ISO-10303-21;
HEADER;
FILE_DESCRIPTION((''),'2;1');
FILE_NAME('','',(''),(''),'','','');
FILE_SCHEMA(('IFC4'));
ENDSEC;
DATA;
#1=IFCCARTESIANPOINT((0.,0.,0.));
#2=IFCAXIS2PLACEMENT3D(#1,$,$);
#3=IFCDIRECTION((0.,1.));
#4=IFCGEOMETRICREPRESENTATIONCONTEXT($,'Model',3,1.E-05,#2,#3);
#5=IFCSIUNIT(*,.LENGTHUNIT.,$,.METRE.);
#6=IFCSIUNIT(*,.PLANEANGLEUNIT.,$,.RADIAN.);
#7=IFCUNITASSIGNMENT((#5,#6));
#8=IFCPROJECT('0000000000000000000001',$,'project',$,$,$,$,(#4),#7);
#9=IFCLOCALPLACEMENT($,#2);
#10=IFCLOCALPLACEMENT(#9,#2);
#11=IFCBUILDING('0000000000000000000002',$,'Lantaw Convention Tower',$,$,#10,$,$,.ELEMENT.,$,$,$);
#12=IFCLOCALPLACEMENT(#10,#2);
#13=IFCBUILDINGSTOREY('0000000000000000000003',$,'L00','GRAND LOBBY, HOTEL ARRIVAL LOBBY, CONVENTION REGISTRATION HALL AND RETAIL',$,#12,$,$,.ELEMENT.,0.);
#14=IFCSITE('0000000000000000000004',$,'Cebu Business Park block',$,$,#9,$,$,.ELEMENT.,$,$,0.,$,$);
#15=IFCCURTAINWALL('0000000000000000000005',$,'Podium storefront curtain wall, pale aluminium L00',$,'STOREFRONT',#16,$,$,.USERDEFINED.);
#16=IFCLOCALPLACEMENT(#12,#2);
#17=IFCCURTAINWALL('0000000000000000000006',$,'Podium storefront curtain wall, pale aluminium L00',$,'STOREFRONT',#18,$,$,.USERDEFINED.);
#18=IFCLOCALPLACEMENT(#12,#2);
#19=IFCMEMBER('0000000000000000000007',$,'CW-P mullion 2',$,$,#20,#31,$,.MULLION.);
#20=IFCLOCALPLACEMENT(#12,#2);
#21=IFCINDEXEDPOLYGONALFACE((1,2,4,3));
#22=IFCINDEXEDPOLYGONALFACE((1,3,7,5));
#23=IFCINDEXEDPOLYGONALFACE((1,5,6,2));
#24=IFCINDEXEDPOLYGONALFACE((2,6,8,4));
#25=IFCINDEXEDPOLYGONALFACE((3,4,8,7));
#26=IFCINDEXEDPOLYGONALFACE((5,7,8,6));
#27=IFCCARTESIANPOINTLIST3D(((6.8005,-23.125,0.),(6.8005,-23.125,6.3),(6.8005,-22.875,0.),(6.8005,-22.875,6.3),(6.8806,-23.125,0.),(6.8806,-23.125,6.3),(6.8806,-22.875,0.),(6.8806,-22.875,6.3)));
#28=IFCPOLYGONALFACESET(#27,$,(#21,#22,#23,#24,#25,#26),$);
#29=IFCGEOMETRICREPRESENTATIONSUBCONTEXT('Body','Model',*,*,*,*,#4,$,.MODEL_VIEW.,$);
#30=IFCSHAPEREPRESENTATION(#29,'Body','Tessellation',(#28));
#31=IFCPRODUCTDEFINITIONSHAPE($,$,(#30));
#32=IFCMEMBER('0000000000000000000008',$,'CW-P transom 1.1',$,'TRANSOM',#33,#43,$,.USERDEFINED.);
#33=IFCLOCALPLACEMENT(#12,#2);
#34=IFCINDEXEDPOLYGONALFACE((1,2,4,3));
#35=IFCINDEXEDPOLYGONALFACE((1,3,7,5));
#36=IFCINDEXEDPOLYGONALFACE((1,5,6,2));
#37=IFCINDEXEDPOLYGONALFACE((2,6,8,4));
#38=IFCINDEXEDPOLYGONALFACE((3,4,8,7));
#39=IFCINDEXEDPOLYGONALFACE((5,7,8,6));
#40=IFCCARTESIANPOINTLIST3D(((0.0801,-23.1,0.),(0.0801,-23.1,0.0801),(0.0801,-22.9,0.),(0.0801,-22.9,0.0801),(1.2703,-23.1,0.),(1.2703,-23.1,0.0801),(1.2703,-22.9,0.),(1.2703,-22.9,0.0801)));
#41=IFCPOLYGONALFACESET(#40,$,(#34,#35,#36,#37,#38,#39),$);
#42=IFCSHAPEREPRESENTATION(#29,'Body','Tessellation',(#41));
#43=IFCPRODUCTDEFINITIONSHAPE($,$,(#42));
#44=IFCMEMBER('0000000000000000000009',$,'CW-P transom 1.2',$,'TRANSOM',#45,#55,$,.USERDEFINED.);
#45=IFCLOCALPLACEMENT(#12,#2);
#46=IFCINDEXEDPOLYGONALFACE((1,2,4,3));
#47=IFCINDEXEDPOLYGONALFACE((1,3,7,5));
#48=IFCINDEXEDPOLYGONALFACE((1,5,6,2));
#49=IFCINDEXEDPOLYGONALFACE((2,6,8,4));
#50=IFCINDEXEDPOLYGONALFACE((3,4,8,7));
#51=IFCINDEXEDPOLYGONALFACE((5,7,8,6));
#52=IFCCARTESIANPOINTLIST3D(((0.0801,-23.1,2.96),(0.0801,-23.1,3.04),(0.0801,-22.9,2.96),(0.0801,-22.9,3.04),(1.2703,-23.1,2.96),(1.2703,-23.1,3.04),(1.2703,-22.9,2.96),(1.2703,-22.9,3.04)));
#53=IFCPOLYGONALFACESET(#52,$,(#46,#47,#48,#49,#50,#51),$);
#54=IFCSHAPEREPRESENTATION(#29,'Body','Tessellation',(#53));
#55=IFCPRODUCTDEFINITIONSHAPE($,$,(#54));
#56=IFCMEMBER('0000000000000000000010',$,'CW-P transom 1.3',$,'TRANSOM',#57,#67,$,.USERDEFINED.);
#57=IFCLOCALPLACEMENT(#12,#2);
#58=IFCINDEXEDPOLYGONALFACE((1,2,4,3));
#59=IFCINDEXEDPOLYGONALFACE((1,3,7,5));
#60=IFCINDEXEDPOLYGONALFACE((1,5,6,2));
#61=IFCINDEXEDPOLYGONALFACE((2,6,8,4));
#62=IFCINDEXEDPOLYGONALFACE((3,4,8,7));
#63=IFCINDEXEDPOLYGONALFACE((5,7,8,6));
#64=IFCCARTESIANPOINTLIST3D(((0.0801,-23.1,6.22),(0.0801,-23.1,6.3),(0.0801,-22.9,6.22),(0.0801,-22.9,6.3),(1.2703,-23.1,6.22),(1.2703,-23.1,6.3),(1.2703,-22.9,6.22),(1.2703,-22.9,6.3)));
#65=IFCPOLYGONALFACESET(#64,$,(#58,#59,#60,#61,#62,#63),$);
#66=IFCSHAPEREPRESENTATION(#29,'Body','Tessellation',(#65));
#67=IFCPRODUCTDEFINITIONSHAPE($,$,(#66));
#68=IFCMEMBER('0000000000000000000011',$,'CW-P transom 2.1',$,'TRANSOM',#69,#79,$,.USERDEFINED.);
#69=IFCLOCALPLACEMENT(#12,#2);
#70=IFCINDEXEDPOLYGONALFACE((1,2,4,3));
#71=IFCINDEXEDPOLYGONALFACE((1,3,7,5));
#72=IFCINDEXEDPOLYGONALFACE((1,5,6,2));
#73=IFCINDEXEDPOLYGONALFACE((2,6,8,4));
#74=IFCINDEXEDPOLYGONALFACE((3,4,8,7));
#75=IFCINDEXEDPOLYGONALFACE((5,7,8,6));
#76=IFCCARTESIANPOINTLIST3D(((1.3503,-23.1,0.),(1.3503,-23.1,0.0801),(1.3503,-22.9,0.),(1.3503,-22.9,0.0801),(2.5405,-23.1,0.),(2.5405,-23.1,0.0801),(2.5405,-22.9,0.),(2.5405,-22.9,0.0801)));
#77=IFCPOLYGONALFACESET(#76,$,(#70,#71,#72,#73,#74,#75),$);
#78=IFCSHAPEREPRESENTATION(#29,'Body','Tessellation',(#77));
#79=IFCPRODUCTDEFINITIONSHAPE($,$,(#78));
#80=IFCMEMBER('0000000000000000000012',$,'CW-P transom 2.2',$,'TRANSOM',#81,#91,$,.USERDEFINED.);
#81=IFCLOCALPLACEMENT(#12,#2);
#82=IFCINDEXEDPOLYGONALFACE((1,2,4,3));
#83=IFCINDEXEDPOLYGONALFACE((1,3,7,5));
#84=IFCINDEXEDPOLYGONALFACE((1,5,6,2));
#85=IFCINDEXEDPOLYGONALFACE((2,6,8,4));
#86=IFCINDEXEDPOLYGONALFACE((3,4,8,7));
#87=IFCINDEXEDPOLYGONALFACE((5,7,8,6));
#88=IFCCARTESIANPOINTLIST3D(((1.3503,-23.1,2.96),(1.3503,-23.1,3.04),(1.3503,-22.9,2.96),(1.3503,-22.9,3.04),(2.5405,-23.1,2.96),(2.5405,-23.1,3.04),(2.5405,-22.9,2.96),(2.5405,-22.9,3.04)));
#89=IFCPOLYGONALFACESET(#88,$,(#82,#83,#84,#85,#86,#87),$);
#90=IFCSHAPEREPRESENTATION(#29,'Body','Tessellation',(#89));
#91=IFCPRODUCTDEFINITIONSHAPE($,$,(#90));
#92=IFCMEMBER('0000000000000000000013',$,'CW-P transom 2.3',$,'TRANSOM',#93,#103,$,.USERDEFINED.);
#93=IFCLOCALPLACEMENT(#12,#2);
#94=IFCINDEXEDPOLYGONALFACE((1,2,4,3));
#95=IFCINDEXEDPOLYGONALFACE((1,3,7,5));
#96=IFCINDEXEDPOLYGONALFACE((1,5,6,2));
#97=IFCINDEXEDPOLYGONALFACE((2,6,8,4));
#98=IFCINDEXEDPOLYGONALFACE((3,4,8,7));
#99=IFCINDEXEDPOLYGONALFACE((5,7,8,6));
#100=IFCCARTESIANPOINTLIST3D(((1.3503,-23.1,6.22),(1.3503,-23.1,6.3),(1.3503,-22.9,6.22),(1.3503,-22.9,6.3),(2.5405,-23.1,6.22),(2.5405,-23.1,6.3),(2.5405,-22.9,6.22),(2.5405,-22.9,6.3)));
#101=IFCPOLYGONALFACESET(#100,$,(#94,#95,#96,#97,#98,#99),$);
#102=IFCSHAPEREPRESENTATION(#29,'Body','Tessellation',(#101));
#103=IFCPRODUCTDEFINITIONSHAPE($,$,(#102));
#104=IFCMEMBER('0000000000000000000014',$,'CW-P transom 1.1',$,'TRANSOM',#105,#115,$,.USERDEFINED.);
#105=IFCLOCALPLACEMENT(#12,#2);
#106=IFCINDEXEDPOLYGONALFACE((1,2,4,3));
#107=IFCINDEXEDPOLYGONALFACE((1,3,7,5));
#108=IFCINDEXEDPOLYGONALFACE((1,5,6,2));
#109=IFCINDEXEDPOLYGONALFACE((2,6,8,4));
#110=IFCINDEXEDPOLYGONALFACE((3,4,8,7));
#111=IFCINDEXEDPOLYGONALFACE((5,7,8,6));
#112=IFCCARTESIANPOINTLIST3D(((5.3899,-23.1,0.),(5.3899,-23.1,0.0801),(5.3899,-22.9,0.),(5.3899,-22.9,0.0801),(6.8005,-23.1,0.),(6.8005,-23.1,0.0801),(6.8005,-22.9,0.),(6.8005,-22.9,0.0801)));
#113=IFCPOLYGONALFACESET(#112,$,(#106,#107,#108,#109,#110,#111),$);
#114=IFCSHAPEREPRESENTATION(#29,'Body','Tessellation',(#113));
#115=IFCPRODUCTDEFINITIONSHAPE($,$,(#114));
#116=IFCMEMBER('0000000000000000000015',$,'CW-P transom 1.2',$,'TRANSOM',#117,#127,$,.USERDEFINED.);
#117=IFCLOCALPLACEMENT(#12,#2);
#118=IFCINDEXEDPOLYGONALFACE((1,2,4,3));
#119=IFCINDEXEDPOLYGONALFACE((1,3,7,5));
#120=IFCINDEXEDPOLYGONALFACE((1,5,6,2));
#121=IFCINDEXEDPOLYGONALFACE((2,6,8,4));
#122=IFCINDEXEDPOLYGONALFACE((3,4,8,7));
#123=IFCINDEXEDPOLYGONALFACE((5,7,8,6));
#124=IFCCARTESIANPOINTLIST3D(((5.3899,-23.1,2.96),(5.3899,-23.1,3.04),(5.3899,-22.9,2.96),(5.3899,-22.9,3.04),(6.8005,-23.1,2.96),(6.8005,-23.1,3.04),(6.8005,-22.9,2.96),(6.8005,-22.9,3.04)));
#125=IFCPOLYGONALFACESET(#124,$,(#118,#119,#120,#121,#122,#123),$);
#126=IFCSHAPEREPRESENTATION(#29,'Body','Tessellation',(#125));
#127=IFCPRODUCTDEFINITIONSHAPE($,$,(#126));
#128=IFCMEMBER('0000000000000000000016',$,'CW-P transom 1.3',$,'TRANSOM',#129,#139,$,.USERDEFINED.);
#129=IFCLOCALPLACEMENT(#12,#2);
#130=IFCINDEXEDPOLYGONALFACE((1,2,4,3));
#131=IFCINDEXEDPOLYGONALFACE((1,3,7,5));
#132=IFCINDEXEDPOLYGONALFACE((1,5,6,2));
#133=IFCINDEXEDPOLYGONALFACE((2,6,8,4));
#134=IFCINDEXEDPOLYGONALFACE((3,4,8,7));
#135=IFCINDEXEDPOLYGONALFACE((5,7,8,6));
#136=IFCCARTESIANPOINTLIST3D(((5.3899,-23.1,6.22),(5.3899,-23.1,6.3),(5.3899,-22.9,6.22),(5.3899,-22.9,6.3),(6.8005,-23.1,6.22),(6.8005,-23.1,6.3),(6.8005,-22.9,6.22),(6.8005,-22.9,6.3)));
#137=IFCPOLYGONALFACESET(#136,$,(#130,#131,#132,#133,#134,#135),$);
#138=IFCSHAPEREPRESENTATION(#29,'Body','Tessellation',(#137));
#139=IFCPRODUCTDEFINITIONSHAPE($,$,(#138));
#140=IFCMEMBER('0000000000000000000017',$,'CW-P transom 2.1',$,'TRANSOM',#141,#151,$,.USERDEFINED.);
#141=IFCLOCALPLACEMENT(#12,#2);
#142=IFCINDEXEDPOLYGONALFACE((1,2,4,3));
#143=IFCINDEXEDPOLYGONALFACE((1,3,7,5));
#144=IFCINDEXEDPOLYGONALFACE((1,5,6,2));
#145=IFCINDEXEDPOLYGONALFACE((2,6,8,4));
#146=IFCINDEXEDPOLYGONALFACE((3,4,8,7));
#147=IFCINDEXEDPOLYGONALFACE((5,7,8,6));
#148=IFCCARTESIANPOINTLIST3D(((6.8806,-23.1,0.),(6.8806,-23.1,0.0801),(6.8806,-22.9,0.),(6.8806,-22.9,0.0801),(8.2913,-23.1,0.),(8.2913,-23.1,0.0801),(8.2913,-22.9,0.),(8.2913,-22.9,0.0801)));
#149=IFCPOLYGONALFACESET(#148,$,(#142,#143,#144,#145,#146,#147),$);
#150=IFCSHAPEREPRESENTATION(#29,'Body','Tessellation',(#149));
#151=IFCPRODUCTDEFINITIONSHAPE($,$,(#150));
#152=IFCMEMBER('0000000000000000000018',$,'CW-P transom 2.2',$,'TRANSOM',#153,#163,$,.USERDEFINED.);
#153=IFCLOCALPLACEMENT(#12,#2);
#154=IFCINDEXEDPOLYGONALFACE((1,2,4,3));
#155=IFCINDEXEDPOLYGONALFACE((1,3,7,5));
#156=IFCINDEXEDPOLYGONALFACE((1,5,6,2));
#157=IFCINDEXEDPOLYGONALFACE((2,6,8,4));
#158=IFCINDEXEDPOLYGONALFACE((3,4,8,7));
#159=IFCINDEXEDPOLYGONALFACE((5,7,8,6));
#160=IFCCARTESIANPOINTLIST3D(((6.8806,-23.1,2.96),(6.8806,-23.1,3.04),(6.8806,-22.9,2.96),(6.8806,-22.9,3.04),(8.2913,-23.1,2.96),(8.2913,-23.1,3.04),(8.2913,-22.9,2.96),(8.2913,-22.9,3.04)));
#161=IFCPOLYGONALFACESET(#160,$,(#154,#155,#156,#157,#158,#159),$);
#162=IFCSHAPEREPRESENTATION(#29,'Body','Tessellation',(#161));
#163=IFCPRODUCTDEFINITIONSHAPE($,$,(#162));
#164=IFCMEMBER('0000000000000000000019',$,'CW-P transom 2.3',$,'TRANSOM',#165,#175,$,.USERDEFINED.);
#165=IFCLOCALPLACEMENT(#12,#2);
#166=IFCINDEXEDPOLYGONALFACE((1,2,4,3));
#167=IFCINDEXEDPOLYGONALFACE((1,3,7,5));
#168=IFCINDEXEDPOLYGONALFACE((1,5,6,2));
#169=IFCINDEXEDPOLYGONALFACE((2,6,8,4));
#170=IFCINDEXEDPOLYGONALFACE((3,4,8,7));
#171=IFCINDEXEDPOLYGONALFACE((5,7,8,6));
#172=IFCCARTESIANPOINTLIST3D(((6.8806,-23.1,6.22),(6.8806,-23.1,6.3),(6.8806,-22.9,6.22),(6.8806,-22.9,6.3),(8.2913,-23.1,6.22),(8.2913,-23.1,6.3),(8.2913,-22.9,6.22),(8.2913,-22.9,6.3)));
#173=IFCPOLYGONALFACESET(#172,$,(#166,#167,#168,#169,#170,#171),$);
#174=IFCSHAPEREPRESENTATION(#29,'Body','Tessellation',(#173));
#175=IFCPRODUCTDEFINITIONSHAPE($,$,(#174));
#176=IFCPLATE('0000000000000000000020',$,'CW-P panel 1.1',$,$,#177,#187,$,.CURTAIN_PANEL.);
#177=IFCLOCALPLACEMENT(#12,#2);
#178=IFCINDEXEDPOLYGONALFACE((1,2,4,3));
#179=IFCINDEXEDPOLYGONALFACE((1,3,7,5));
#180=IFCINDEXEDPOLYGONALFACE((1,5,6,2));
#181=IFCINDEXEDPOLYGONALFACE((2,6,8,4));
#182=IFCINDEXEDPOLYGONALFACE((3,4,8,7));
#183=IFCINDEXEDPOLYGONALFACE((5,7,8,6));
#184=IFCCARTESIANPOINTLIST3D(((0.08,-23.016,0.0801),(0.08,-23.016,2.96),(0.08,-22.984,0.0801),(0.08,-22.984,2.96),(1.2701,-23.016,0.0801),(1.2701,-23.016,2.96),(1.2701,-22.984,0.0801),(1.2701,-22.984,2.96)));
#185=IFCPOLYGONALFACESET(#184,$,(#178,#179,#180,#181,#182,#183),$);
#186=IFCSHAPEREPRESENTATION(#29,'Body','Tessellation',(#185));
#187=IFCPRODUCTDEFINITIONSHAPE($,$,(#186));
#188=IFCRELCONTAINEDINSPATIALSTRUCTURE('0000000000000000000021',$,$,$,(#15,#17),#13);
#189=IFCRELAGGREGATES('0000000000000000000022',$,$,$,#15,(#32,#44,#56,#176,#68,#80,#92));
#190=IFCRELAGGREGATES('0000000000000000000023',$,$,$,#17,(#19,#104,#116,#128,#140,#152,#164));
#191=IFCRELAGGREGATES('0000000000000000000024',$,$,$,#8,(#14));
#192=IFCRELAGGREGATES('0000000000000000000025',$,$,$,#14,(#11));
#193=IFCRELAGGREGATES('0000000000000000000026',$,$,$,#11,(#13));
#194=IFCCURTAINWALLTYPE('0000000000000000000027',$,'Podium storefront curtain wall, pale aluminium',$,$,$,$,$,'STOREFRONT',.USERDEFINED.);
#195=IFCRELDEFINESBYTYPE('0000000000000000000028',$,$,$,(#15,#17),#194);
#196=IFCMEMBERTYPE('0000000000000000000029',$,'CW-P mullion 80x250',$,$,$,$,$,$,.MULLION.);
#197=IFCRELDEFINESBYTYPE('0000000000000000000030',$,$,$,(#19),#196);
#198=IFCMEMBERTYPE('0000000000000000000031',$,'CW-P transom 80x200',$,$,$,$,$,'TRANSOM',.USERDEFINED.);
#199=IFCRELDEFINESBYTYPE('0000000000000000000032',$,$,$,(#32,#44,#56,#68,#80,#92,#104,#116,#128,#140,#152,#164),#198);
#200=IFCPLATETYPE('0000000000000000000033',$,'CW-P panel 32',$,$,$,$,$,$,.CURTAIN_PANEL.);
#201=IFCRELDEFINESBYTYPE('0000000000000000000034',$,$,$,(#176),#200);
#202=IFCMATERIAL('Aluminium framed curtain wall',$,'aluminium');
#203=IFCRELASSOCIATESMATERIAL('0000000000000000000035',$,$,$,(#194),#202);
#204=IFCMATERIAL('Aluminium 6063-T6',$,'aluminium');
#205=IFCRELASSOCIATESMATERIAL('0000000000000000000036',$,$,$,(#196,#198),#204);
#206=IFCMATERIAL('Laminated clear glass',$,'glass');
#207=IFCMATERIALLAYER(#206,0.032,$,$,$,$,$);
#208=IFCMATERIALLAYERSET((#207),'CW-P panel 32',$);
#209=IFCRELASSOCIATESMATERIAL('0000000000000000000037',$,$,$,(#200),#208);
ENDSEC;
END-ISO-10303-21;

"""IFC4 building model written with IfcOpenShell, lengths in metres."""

from ifc_helpers import new_model, si_unit, direction, frame, origin, origin_2d, place, context, subcontext, project, spatial, rectangle, extrude, material, layer, layer_set, material_profile, profile_set, type_object, element, aggregate, save


model = new_model("IFC4")

# Units and contexts
model_context = context("Model", 3, precision=1e-05, world=origin(), true_north=direction((0.0, 1.0)))
body_context = subcontext(model_context, "Body", "Model", "MODEL_VIEW")
ifc_project = project(units=[si_unit("LENGTHUNIT", "METRE"), si_unit("PLANEANGLEUNIT", "RADIAN")], contexts=[model_context])

# Site, building, storey
site_placement = place(None, origin())
site = spatial("IfcSite", under=ifc_project, at=site_placement, Name="Cebu Business Park block", CompositionType="ELEMENT", RefElevation=0.0)
building_placement = place(site_placement, origin())
building = spatial("IfcBuilding", under=site, at=building_placement, Name="Lantaw Convention Tower", CompositionType="ELEMENT")
storey_placement = place(building_placement, origin())
storey = spatial("IfcBuildingStorey", under=building, at=storey_placement, Name="L00", Description="GRAND LOBBY, HOTEL ARRIVAL LOBBY, CONVENTION REGISTRATION HALL AND RETAIL", CompositionType="ELEMENT", Elevation=0.0)

# Curtain walls, member
ifc_material_1 = material(Name="Aluminium framed curtain wall", Category="aluminium")
curtain_wall_type = type_object("IfcCurtainWallType", Name="Podium storefront curtain wall, pale aluminium", ElementType="STOREFRONT", PredefinedType="USERDEFINED", material=ifc_material_1)
curtain_wall_1_placement = place(storey_placement, origin())
curtain_wall_1 = element("IfcCurtainWall", 1, at=curtain_wall_1_placement, inside=storey, type_object=curtain_wall_type, Name="Podium storefront curtain wall, pale aluminium L00", ObjectType="STOREFRONT", PredefinedType="USERDEFINED")
ifc_material_2 = material(Name="Aluminium 6063-T6", Category="aluminium")
ifc_material_profile_1 = material_profile(ifc_material_2, rectangle(XDim=0.25, YDim=0.0801, at=origin_2d()), Name="CW-P mullion 80x250")
ifc_profile_set_1 = profile_set([ifc_material_profile_1], Name="Aluminium 6063-T6")
member_type_1 = type_object("IfcMemberType", Name="CW-P mullion 80x250", PredefinedType="MULLION", material=ifc_profile_set_1)
curtain_wall_2_placement = place(storey_placement, origin())
curtain_wall_2 = element("IfcCurtainWall", 2, at=curtain_wall_2_placement, inside=storey, type_object=curtain_wall_type, Name="Podium storefront curtain wall, pale aluminium L00", ObjectType="STOREFRONT", PredefinedType="USERDEFINED")
member_1_placement = place(storey_placement, frame((6.8406, -23.0, 0.0), z_axis=(0.0, 0.0, 1.0), x_axis=(0.0, 1.0, 0.0)))
member_1 = element("IfcMember", 3, at=member_1_placement, type_object=member_type_1, Name="CW-P mullion 2", PredefinedType="MULLION", context=body_context, shape_type="SweptSolid", body=[
    extrude(rectangle(XDim=0.25, YDim=0.0801, at=origin_2d()), origin(), (0.0, 0.0, 1.0), 6.3),
])

# Members
ifc_material_profile_2 = material_profile(ifc_material_2, rectangle(XDim=0.2, YDim=0.0801, at=origin_2d()), Name="CW-P transom 80x200")
ifc_profile_set_2 = profile_set([ifc_material_profile_2], Name="Aluminium 6063-T6")
member_type_2 = type_object("IfcMemberType", Name="CW-P transom 80x200", ElementType="TRANSOM", PredefinedType="USERDEFINED", material=ifc_profile_set_2)
member_2_placement = place(storey_placement, frame((0.0801, -23.0, 0.04), z_axis=(1.0, 0.0, 0.0), x_axis=(0.0, 1.0, 0.0)))
member_2 = element("IfcMember", 4, at=member_2_placement, type_object=member_type_2, Name="CW-P transom 1.1", ObjectType="TRANSOM", PredefinedType="USERDEFINED", context=body_context, shape_type="SweptSolid", body=[
    extrude(rectangle(XDim=0.2, YDim=0.0801, at=origin_2d()), origin(), (0.0, 0.0, 1.0), 1.1902),
])
member_3_placement = place(storey_placement, frame((0.0801, -23.0, 3.0), z_axis=(1.0, 0.0, 0.0), x_axis=(0.0, 1.0, 0.0)))
member_3 = element("IfcMember", 5, at=member_3_placement, type_object=member_type_2, Name="CW-P transom 1.2", ObjectType="TRANSOM", PredefinedType="USERDEFINED", context=body_context, shape_type="SweptSolid", body=[
    extrude(rectangle(XDim=0.2, YDim=0.0801, at=origin_2d()), origin(), (0.0, 0.0, 1.0), 1.1902),
])
member_4_placement = place(storey_placement, frame((0.0801, -23.0, 6.26), z_axis=(1.0, 0.0, 0.0), x_axis=(0.0, 1.0, 0.0)))
member_4 = element("IfcMember", 6, at=member_4_placement, type_object=member_type_2, Name="CW-P transom 1.3", ObjectType="TRANSOM", PredefinedType="USERDEFINED", context=body_context, shape_type="SweptSolid", body=[
    extrude(rectangle(XDim=0.2, YDim=0.0801, at=origin_2d()), origin(), (0.0, 0.0, 1.0), 1.1902),
])
member_5_placement = place(storey_placement, frame((1.3503, -23.0, 0.04), z_axis=(1.0, 0.0, 0.0), x_axis=(0.0, 1.0, 0.0)))
member_5 = element("IfcMember", 7, at=member_5_placement, type_object=member_type_2, Name="CW-P transom 2.1", ObjectType="TRANSOM", PredefinedType="USERDEFINED", context=body_context, shape_type="SweptSolid", body=[
    extrude(rectangle(XDim=0.2, YDim=0.0801, at=origin_2d()), origin(), (0.0, 0.0, 1.0), 1.1902),
])
member_6_placement = place(storey_placement, frame((1.3503, -23.0, 3.0), z_axis=(1.0, 0.0, 0.0), x_axis=(0.0, 1.0, 0.0)))
member_6 = element("IfcMember", 8, at=member_6_placement, type_object=member_type_2, Name="CW-P transom 2.2", ObjectType="TRANSOM", PredefinedType="USERDEFINED", context=body_context, shape_type="SweptSolid", body=[
    extrude(rectangle(XDim=0.2, YDim=0.0801, at=origin_2d()), origin(), (0.0, 0.0, 1.0), 1.1902),
])
member_7_placement = place(storey_placement, frame((1.3503, -23.0, 6.26), z_axis=(1.0, 0.0, 0.0), x_axis=(0.0, 1.0, 0.0)))
member_7 = element("IfcMember", 9, at=member_7_placement, type_object=member_type_2, Name="CW-P transom 2.3", ObjectType="TRANSOM", PredefinedType="USERDEFINED", context=body_context, shape_type="SweptSolid", body=[
    extrude(rectangle(XDim=0.2, YDim=0.0801, at=origin_2d()), origin(), (0.0, 0.0, 1.0), 1.1902),
])
member_8_placement = place(storey_placement, frame((5.3899, -23.0, 0.04), z_axis=(1.0, 0.0, 0.0), x_axis=(0.0, 1.0, 0.0)))
member_8 = element("IfcMember", 10, at=member_8_placement, type_object=member_type_2, Name="CW-P transom 1.1", ObjectType="TRANSOM", PredefinedType="USERDEFINED", context=body_context, shape_type="SweptSolid", body=[
    extrude(rectangle(XDim=0.2, YDim=0.0801, at=origin_2d()), origin(), (0.0, 0.0, 1.0), 1.4106),
])
member_9_placement = place(storey_placement, frame((5.3899, -23.0, 3.0), z_axis=(1.0, 0.0, 0.0), x_axis=(0.0, 1.0, 0.0)))
member_9 = element("IfcMember", 11, at=member_9_placement, type_object=member_type_2, Name="CW-P transom 1.2", ObjectType="TRANSOM", PredefinedType="USERDEFINED", context=body_context, shape_type="SweptSolid", body=[
    extrude(rectangle(XDim=0.2, YDim=0.0801, at=origin_2d()), origin(), (0.0, 0.0, 1.0), 1.4106),
])
member_10_placement = place(storey_placement, frame((5.3899, -23.0, 6.26), z_axis=(1.0, 0.0, 0.0), x_axis=(0.0, 1.0, 0.0)))
member_10 = element("IfcMember", 12, at=member_10_placement, type_object=member_type_2, Name="CW-P transom 1.3", ObjectType="TRANSOM", PredefinedType="USERDEFINED", context=body_context, shape_type="SweptSolid", body=[
    extrude(rectangle(XDim=0.2, YDim=0.0801, at=origin_2d()), origin(), (0.0, 0.0, 1.0), 1.4106),
])
member_11_placement = place(storey_placement, frame((6.8806, -23.0, 0.04), z_axis=(1.0, 0.0, 0.0), x_axis=(0.0, 1.0, 0.0)))
member_11 = element("IfcMember", 13, at=member_11_placement, type_object=member_type_2, Name="CW-P transom 2.1", ObjectType="TRANSOM", PredefinedType="USERDEFINED", context=body_context, shape_type="SweptSolid", body=[
    extrude(rectangle(XDim=0.2, YDim=0.0801, at=origin_2d()), origin(), (0.0, 0.0, 1.0), 1.4106),
])
member_12_placement = place(storey_placement, frame((6.8806, -23.0, 3.0), z_axis=(1.0, 0.0, 0.0), x_axis=(0.0, 1.0, 0.0)))
member_12 = element("IfcMember", 14, at=member_12_placement, type_object=member_type_2, Name="CW-P transom 2.2", ObjectType="TRANSOM", PredefinedType="USERDEFINED", context=body_context, shape_type="SweptSolid", body=[
    extrude(rectangle(XDim=0.2, YDim=0.0801, at=origin_2d()), origin(), (0.0, 0.0, 1.0), 1.4106),
])
member_13_placement = place(storey_placement, frame((6.8806, -23.0, 6.26), z_axis=(1.0, 0.0, 0.0), x_axis=(0.0, 1.0, 0.0)))
member_13 = element("IfcMember", 15, at=member_13_placement, type_object=member_type_2, Name="CW-P transom 2.3", ObjectType="TRANSOM", PredefinedType="USERDEFINED", context=body_context, shape_type="SweptSolid", body=[
    extrude(rectangle(XDim=0.2, YDim=0.0801, at=origin_2d()), origin(), (0.0, 0.0, 1.0), 1.4106),
])

# Plate
ifc_material_3 = material(Name="Laminated clear glass", Category="glass")
ifc_layer_1 = layer(ifc_material_3, 0.032)
ifc_layer_set_1 = layer_set([ifc_layer_1], Name="CW-P panel 32")
plate_type = type_object("IfcPlateType", Name="CW-P panel 32", PredefinedType="CURTAIN_PANEL", material=ifc_layer_set_1)
plate_1_placement = place(storey_placement, frame((0.675, -23.0, 0.0801), z_axis=(0.0, 0.0, 1.0), x_axis=(1.0, 0.0, 0.0)))
plate_1 = element("IfcPlate", 16, at=plate_1_placement, type_object=plate_type, Name="CW-P panel 1.1", PredefinedType="CURTAIN_PANEL", context=body_context, shape_type="SweptSolid", body=[
    extrude(rectangle(XDim=1.1902, YDim=0.032, at=origin_2d()), origin(), (0.0, 0.0, 1.0), 2.8799),
])
aggregate(curtain_wall_1, [member_2, member_3, member_4, plate_1, member_5, member_6, member_7])
aggregate(curtain_wall_2, [member_1, member_8, member_9, member_10, member_11, member_12, member_13])

save(model, "model.ifc")
